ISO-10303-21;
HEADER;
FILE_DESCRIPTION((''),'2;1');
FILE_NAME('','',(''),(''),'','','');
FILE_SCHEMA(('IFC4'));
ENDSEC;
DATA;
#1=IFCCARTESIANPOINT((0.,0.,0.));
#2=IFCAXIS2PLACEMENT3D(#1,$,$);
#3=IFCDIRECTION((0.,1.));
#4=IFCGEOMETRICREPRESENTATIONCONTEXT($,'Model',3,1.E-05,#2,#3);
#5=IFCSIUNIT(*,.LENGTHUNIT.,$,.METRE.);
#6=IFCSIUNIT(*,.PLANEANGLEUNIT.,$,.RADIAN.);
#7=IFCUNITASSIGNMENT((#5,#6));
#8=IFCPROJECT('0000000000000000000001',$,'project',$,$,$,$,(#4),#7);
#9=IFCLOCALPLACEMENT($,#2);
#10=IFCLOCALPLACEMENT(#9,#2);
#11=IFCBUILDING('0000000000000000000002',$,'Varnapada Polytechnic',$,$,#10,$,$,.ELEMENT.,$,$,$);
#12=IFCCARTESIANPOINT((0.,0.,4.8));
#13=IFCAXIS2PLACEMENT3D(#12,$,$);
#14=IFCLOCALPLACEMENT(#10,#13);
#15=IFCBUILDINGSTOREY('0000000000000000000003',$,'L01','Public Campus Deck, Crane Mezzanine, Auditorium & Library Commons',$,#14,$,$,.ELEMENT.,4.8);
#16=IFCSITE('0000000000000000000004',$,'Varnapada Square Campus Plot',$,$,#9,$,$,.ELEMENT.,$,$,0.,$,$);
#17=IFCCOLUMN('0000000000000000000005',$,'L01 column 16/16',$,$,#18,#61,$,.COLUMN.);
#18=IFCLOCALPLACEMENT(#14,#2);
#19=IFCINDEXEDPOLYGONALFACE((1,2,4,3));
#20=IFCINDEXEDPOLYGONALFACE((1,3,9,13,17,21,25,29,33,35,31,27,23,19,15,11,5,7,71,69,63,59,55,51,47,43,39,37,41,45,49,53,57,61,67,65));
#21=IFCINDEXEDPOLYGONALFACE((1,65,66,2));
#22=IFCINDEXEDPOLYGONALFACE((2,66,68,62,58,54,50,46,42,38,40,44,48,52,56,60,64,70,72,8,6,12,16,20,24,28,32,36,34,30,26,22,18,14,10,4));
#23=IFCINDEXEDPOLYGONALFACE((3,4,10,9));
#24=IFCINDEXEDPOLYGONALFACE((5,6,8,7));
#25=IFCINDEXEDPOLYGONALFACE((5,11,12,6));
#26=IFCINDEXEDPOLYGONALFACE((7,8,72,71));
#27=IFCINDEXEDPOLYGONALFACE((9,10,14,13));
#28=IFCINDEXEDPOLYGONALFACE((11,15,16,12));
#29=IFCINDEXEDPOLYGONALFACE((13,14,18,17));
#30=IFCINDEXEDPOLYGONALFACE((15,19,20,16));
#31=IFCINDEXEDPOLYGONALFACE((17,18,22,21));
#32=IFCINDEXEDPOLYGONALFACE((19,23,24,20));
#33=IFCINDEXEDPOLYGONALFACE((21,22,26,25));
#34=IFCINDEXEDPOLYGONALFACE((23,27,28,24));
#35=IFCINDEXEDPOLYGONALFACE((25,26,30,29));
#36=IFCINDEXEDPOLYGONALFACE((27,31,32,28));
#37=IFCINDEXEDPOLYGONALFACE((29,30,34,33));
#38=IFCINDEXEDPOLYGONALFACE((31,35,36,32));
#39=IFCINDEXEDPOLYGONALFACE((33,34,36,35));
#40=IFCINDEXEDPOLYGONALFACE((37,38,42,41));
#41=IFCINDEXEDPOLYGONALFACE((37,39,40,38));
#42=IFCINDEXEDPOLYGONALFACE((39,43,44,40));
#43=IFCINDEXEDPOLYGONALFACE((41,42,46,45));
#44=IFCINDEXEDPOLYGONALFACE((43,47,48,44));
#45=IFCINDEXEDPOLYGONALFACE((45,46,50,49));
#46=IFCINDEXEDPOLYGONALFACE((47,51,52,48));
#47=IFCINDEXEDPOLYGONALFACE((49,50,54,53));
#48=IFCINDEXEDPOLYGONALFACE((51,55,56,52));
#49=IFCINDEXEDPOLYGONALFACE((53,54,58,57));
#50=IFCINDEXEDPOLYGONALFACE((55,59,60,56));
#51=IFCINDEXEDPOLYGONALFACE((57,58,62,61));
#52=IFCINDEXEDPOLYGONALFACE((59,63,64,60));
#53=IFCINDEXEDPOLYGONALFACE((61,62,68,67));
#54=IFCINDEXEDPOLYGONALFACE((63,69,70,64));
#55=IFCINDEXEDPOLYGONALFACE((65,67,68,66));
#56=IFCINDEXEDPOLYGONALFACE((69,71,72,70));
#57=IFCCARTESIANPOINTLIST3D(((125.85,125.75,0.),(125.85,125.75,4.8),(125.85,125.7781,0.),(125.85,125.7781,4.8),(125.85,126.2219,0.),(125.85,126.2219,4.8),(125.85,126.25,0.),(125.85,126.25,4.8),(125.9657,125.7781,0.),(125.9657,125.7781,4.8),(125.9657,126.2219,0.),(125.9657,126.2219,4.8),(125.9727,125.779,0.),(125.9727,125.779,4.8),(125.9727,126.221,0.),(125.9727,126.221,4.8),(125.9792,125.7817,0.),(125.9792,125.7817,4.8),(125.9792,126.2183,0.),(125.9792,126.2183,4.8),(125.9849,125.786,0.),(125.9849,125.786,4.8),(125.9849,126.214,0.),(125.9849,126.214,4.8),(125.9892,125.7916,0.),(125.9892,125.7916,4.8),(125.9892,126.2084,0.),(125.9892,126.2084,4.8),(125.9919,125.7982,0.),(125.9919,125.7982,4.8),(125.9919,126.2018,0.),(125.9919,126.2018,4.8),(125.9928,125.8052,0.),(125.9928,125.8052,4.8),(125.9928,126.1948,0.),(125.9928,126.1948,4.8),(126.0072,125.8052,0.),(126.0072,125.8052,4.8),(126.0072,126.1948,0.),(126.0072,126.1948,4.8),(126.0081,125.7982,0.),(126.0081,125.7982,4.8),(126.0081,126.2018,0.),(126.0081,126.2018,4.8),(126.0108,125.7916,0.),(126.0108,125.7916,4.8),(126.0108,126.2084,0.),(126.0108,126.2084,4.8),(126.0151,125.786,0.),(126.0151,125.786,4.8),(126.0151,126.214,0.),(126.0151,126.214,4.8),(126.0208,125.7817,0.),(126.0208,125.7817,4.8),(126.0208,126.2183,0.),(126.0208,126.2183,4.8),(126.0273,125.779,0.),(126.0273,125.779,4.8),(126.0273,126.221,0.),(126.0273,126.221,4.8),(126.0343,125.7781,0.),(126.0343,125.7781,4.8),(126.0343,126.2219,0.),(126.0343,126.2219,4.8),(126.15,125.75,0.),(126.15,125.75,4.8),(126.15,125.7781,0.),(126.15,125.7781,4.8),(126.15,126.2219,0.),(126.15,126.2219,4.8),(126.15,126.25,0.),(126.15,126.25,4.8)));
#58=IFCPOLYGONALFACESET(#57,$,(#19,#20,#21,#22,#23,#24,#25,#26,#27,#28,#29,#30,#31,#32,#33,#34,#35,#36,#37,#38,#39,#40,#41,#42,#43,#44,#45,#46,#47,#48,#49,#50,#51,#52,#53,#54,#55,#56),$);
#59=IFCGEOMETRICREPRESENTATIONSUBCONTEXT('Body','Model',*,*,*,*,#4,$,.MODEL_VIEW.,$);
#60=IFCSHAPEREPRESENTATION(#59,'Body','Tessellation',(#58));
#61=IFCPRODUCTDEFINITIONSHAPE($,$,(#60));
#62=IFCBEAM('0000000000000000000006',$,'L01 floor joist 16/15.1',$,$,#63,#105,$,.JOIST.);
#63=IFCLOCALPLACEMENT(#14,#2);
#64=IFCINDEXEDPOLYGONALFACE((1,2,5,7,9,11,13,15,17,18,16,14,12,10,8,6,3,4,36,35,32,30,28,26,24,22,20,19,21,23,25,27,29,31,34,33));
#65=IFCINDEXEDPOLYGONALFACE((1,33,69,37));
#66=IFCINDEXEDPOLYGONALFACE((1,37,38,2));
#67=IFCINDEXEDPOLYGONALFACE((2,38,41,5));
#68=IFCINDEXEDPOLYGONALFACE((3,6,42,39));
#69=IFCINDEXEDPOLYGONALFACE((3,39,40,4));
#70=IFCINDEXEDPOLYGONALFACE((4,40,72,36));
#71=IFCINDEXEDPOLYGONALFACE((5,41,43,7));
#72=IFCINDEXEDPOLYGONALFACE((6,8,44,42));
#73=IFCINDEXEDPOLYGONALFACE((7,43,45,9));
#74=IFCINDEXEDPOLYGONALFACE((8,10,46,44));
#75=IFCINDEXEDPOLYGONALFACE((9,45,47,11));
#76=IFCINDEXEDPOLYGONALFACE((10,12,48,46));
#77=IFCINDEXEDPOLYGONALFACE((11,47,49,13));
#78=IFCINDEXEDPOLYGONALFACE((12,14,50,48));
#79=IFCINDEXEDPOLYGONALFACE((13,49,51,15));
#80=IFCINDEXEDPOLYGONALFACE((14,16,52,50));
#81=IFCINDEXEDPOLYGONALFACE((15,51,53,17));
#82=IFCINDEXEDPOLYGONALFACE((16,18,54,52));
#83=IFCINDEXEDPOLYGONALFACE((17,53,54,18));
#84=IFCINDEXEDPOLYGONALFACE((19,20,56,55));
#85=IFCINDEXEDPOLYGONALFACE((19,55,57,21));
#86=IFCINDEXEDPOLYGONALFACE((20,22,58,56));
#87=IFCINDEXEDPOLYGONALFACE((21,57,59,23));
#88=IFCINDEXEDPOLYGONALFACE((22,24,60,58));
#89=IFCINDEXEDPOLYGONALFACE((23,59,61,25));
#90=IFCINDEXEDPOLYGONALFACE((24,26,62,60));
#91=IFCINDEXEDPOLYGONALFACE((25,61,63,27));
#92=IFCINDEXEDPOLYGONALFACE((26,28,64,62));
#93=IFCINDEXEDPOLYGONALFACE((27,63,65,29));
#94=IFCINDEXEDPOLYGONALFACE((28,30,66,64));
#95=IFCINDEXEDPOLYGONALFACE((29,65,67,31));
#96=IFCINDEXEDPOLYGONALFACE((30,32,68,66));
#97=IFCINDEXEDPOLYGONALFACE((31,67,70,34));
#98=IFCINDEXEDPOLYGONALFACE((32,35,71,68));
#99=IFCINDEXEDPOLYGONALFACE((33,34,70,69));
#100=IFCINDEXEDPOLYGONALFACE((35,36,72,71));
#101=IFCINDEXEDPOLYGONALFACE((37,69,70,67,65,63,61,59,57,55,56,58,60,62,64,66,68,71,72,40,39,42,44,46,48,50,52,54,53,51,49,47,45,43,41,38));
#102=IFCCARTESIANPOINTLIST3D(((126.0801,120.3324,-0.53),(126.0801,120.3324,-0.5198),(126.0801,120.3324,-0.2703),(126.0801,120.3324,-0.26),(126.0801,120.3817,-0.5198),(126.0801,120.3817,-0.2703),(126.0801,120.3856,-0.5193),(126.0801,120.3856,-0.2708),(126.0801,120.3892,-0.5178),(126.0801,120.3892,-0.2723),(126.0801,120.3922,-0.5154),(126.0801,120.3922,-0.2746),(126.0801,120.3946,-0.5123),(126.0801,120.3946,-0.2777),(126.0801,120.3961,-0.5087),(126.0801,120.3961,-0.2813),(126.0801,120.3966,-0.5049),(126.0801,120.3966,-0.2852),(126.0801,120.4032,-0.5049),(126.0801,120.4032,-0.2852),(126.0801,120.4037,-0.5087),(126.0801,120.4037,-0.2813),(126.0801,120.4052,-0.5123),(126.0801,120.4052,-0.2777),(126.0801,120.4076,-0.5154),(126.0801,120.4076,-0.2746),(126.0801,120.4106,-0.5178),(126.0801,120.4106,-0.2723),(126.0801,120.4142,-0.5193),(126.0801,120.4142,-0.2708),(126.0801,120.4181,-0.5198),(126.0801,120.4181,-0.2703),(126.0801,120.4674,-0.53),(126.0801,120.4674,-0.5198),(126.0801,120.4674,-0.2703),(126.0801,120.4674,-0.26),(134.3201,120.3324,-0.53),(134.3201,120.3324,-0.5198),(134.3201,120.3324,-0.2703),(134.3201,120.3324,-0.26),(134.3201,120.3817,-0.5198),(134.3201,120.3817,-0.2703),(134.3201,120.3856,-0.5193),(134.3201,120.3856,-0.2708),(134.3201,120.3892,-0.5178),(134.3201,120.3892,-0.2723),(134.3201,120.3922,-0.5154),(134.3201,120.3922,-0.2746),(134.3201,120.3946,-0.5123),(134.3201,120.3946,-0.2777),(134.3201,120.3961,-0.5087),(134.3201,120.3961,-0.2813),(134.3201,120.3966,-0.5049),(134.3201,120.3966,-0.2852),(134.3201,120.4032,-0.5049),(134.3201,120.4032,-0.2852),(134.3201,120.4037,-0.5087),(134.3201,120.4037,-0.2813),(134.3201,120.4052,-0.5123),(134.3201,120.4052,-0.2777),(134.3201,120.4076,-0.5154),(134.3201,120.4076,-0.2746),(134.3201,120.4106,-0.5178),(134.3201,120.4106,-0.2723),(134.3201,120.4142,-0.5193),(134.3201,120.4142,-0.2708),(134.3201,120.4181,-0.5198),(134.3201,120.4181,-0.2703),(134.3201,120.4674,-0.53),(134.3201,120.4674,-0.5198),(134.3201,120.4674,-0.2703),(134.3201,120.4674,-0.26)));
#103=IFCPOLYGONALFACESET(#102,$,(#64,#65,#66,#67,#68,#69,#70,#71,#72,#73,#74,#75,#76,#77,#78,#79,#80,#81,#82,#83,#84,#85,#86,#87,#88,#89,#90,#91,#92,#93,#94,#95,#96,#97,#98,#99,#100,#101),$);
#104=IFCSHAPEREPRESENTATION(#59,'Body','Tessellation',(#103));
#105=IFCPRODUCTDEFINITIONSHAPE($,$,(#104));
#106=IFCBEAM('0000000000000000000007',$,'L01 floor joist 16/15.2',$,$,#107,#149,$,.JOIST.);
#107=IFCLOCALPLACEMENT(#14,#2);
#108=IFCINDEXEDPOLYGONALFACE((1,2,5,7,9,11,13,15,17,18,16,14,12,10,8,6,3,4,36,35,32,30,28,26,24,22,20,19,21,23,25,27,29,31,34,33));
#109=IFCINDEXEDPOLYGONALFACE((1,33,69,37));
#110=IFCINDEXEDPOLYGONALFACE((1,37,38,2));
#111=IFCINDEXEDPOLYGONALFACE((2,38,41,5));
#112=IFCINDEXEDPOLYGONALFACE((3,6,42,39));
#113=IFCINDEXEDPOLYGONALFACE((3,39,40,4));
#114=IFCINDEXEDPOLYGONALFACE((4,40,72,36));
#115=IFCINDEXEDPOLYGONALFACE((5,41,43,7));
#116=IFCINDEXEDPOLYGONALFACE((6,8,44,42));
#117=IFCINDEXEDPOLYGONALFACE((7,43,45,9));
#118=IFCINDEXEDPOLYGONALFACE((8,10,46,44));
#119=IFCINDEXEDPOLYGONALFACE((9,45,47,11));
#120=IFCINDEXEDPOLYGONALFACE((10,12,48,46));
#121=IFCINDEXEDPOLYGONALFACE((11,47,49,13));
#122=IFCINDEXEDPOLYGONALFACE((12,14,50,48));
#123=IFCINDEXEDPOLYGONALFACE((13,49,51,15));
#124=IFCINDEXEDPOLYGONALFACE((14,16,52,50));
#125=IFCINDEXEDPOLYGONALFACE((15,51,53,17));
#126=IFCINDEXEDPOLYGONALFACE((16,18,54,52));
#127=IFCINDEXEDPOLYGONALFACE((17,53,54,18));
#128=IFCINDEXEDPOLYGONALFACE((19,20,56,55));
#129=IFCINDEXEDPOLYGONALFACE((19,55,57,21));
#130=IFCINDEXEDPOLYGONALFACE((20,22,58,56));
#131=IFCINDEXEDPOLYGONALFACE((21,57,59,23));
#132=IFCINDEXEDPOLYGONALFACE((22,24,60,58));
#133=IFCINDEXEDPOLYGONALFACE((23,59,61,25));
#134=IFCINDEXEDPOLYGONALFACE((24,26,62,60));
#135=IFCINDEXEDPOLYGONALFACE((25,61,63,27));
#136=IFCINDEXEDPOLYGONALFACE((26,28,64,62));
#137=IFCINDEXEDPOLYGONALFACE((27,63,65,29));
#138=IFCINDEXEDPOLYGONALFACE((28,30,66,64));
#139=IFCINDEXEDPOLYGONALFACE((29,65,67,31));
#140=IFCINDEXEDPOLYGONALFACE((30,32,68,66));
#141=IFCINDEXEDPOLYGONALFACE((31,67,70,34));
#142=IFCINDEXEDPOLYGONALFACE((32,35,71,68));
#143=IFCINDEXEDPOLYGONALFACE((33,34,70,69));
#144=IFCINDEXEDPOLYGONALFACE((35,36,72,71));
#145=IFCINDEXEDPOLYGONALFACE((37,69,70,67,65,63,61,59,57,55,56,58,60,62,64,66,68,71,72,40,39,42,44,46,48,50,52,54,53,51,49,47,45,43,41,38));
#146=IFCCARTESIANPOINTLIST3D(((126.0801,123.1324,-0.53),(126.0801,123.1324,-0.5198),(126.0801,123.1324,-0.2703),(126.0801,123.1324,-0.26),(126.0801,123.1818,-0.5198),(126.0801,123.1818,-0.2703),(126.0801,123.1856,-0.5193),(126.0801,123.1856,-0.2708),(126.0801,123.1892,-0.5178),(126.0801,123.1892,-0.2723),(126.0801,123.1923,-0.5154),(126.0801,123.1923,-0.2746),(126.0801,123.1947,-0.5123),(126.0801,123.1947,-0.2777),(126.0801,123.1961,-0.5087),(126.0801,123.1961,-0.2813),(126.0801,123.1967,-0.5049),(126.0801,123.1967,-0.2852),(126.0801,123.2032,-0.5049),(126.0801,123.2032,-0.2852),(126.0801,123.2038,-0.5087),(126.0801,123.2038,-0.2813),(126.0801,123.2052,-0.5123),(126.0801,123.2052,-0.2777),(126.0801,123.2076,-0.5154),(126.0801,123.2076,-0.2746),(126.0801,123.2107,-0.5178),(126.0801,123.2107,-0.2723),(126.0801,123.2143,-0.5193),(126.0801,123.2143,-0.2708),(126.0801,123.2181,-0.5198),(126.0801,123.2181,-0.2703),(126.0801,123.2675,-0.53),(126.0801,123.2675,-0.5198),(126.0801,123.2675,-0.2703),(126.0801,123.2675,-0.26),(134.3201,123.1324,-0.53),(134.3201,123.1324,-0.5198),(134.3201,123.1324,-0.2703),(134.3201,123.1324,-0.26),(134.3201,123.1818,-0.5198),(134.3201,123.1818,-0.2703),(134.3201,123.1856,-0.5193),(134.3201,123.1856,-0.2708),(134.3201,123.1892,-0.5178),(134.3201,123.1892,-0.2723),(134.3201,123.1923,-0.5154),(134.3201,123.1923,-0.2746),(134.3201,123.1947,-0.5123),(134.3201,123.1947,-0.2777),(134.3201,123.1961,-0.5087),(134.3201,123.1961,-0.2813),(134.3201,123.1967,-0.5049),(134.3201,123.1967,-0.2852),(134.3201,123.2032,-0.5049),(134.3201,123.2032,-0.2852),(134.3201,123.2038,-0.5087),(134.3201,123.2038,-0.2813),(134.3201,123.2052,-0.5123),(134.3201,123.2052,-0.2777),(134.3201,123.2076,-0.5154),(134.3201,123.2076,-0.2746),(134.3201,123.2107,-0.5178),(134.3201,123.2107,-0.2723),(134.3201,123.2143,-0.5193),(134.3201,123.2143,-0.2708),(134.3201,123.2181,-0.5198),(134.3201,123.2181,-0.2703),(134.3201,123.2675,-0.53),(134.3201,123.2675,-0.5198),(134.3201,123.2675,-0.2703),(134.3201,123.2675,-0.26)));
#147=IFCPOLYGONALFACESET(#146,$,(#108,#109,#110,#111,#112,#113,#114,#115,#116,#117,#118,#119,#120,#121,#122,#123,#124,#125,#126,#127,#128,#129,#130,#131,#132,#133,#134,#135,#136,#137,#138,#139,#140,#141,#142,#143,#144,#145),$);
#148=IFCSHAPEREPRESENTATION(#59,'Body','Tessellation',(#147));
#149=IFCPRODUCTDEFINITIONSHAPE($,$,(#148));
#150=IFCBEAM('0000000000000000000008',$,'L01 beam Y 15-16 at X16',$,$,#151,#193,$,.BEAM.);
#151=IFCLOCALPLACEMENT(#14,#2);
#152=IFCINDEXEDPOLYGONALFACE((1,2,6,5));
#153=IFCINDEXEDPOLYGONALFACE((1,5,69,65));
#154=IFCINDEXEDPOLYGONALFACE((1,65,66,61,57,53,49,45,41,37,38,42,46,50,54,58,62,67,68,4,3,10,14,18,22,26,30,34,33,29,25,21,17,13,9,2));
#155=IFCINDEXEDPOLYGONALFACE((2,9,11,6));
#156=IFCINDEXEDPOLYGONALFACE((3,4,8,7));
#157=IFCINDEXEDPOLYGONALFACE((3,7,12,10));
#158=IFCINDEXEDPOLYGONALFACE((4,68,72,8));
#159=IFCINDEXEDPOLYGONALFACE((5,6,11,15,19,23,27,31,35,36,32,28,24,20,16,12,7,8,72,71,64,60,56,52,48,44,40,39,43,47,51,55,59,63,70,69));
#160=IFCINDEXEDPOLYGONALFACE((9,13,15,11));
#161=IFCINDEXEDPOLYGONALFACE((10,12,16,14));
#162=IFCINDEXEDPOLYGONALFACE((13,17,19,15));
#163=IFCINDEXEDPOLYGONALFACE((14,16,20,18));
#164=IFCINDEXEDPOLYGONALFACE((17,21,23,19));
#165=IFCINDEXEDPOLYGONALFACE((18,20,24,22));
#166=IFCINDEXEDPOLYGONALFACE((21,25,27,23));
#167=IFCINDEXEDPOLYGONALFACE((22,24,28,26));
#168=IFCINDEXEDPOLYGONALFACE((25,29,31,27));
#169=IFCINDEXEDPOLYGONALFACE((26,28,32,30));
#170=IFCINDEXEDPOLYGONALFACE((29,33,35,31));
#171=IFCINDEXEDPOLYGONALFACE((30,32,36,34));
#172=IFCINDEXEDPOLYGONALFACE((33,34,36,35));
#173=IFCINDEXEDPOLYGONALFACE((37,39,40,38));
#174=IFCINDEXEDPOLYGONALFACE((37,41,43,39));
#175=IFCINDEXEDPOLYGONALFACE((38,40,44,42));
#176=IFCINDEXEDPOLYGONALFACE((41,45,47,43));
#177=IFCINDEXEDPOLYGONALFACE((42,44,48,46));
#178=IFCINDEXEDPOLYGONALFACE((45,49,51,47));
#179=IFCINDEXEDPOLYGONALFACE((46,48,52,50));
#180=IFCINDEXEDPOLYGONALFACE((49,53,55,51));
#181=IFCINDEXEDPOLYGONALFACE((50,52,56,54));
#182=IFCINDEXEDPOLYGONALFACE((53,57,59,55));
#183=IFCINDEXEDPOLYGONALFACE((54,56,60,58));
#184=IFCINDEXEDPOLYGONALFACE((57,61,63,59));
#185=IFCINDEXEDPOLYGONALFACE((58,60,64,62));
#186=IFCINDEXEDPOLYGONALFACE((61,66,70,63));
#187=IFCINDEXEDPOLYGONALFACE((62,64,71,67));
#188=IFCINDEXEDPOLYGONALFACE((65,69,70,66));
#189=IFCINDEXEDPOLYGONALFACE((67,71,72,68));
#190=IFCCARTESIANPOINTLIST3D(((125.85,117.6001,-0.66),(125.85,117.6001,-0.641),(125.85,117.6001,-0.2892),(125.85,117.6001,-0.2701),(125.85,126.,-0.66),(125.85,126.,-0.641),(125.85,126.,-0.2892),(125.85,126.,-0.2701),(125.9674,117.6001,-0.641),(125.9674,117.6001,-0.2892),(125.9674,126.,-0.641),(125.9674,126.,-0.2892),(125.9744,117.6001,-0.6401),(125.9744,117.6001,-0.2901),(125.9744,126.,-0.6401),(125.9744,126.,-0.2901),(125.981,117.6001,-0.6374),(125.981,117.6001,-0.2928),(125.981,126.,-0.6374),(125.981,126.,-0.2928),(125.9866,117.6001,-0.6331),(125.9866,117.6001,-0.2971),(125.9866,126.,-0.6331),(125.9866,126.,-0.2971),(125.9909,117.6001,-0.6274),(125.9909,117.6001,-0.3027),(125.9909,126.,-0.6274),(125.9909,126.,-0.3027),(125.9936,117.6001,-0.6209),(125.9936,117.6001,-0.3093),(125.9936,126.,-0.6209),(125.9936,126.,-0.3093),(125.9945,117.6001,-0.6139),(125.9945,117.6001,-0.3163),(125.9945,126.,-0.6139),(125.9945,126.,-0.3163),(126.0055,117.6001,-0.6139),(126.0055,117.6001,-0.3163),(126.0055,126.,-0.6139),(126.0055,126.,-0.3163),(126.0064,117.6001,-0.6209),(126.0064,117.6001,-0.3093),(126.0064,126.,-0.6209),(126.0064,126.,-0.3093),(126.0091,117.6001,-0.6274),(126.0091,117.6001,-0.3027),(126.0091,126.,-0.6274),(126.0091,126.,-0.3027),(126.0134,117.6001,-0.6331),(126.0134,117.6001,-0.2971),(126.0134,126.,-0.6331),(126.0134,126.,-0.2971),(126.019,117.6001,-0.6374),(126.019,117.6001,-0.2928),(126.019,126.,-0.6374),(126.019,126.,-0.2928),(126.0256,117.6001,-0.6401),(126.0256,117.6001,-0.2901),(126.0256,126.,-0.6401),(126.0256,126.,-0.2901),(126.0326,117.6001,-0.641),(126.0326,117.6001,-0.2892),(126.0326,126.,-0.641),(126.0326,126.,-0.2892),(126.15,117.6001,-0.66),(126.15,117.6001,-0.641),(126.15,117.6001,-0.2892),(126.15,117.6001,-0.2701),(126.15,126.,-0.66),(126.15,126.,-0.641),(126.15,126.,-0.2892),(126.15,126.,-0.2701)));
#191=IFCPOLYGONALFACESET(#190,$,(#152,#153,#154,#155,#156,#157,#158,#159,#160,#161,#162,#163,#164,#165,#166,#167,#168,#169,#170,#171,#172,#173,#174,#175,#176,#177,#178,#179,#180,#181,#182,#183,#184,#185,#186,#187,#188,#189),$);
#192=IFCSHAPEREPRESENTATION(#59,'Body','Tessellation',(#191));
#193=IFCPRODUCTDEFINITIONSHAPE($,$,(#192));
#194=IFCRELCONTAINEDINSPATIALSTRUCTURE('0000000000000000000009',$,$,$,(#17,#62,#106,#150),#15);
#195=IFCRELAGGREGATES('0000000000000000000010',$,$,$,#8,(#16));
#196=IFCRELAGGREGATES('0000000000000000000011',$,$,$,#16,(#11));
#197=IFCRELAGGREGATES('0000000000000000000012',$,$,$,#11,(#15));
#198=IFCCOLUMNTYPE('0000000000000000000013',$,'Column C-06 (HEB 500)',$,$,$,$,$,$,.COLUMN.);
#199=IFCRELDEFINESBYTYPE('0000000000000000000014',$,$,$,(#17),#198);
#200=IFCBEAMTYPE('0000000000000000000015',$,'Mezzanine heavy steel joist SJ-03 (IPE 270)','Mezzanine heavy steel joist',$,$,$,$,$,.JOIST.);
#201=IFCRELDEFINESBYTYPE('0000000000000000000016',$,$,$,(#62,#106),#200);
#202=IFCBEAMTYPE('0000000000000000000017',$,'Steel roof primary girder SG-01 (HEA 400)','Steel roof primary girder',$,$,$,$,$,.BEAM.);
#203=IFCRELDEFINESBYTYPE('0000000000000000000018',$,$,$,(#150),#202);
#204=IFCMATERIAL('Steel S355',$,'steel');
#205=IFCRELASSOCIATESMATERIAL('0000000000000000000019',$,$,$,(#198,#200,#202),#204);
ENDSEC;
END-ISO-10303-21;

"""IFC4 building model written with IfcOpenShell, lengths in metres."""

from ifc_helpers import new_model, si_unit, direction, frame, origin, origin_2d, place, context, subcontext, project, spatial, i_section, extrude, material, material_profile, profile_set, type_object, element, save


model = new_model("IFC4")

# Units and contexts
model_context = context("Model", 3, precision=1e-05, world=origin(), true_north=direction((0.0, 1.0)))
body_context = subcontext(model_context, "Body", "Model", "MODEL_VIEW")
ifc_project = project(units=[si_unit("LENGTHUNIT", "METRE"), si_unit("PLANEANGLEUNIT", "RADIAN")], contexts=[model_context])

# Site, building, storey
site_placement = place(None, origin())
site = spatial("IfcSite", under=ifc_project, at=site_placement, Name="Varnapada Square Campus Plot", CompositionType="ELEMENT", RefElevation=0.0)
building_placement = place(site_placement, origin())
building = spatial("IfcBuilding", under=site, at=building_placement, Name="Varnapada Polytechnic", CompositionType="ELEMENT")
storey_placement = place(building_placement, frame((0.0, 0.0, 4.8)))
storey = spatial("IfcBuildingStorey", under=building, at=storey_placement, Name="L01", Description="Public Campus Deck, Crane Mezzanine, Auditorium & Library Commons", CompositionType="ELEMENT", Elevation=4.8)

# Column
ifc_material_1 = material(Name="Steel S355", Category="steel")
ifc_material_profile_1 = material_profile(ifc_material_1, i_section(OverallWidth=0.3, OverallDepth=0.5, WebThickness=0.0144, FlangeThickness=0.0281, FilletRadius=0.0271, at=origin_2d()), Name="HEB 500")
ifc_profile_set_1 = profile_set([ifc_material_profile_1], Name="Steel S355")
column_type = type_object("IfcColumnType", Name="Column C-06 (HEB 500)", PredefinedType="COLUMN", material=ifc_profile_set_1)
column_placement = place(storey_placement, frame((126.0, 126.0, 0.0), z_axis=(0.0, 0.0, 1.0), x_axis=(1.0, 0.0, 0.0)))
element("IfcColumn", 1, at=column_placement, inside=storey, type_object=column_type, Name="L01 column 16/16", PredefinedType="COLUMN", context=body_context, shape_type="SweptSolid", body=[
    extrude(i_section(OverallWidth=0.3, OverallDepth=0.5, WebThickness=0.0144, FlangeThickness=0.0281, FilletRadius=0.0271, at=origin_2d()), origin(), (0.0, 0.0, 1.0), 4.8),
])

# Beams
ifc_material_profile_2 = material_profile(ifc_material_1, i_section(OverallWidth=0.135, OverallDepth=0.27, WebThickness=0.0066, FlangeThickness=0.0103, FilletRadius=0.0149, at=origin_2d()), Name="IPE 270")
ifc_profile_set_2 = profile_set([ifc_material_profile_2], Name="Steel S355")
beam_type_1 = type_object("IfcBeamType", Name="Mezzanine heavy steel joist SJ-03 (IPE 270)", Description="Mezzanine heavy steel joist", PredefinedType="JOIST", material=ifc_profile_set_2)
for number, where, z_axis, x_axis, name in (
    (2, (126.0801, 120.3999, -0.395), (1.0, 0.0, 0.0), (0.0, 1.0, 0.0), "L01 floor joist 16/15.1"),
    (3, (126.0801, 123.2, -0.395), (1.0, 0.0, 0.0), (0.0, 1.0, 0.0), "L01 floor joist 16/15.2"),
):
    element("IfcBeam", number, at=place(storey_placement, frame(where, z_axis=z_axis, x_axis=x_axis)), inside=storey, type_object=beam_type_1, Name=name, PredefinedType="JOIST", context=body_context, shape_type="SweptSolid", body=[
        extrude(i_section(OverallWidth=0.135, OverallDepth=0.27, WebThickness=0.0066, FlangeThickness=0.0103, FilletRadius=0.0149, at=origin_2d()), origin(), (0.0, 0.0, 1.0), 8.24),
    ])
ifc_material_profile_3 = material_profile(ifc_material_1, i_section(OverallWidth=0.3, OverallDepth=0.3899, WebThickness=0.011, FlangeThickness=0.019, FilletRadius=0.0271, at=origin_2d()), Name="HEA 400")
ifc_profile_set_3 = profile_set([ifc_material_profile_3], Name="Steel S355")
beam_type_2 = type_object("IfcBeamType", Name="Steel roof primary girder SG-01 (HEA 400)", Description="Steel roof primary girder", PredefinedType="BEAM", material=ifc_profile_set_3)
beam_1_placement = place(storey_placement, frame((126.0, 117.6001, -0.4651), z_axis=(0.0, 1.0, 0.0), x_axis=(-1.0, 0.0, 0.0)))
element("IfcBeam", 4, at=beam_1_placement, inside=storey, type_object=beam_type_2, Name="L01 beam Y 15-16 at X16", PredefinedType="BEAM", context=body_context, shape_type="SweptSolid", body=[
    extrude(i_section(OverallWidth=0.3, OverallDepth=0.3899, WebThickness=0.011, FlangeThickness=0.019, FilletRadius=0.0271, at=origin_2d()), origin(), (0.0, 0.0, 1.0), 8.3999),
])

save(model, "model.ifc")
